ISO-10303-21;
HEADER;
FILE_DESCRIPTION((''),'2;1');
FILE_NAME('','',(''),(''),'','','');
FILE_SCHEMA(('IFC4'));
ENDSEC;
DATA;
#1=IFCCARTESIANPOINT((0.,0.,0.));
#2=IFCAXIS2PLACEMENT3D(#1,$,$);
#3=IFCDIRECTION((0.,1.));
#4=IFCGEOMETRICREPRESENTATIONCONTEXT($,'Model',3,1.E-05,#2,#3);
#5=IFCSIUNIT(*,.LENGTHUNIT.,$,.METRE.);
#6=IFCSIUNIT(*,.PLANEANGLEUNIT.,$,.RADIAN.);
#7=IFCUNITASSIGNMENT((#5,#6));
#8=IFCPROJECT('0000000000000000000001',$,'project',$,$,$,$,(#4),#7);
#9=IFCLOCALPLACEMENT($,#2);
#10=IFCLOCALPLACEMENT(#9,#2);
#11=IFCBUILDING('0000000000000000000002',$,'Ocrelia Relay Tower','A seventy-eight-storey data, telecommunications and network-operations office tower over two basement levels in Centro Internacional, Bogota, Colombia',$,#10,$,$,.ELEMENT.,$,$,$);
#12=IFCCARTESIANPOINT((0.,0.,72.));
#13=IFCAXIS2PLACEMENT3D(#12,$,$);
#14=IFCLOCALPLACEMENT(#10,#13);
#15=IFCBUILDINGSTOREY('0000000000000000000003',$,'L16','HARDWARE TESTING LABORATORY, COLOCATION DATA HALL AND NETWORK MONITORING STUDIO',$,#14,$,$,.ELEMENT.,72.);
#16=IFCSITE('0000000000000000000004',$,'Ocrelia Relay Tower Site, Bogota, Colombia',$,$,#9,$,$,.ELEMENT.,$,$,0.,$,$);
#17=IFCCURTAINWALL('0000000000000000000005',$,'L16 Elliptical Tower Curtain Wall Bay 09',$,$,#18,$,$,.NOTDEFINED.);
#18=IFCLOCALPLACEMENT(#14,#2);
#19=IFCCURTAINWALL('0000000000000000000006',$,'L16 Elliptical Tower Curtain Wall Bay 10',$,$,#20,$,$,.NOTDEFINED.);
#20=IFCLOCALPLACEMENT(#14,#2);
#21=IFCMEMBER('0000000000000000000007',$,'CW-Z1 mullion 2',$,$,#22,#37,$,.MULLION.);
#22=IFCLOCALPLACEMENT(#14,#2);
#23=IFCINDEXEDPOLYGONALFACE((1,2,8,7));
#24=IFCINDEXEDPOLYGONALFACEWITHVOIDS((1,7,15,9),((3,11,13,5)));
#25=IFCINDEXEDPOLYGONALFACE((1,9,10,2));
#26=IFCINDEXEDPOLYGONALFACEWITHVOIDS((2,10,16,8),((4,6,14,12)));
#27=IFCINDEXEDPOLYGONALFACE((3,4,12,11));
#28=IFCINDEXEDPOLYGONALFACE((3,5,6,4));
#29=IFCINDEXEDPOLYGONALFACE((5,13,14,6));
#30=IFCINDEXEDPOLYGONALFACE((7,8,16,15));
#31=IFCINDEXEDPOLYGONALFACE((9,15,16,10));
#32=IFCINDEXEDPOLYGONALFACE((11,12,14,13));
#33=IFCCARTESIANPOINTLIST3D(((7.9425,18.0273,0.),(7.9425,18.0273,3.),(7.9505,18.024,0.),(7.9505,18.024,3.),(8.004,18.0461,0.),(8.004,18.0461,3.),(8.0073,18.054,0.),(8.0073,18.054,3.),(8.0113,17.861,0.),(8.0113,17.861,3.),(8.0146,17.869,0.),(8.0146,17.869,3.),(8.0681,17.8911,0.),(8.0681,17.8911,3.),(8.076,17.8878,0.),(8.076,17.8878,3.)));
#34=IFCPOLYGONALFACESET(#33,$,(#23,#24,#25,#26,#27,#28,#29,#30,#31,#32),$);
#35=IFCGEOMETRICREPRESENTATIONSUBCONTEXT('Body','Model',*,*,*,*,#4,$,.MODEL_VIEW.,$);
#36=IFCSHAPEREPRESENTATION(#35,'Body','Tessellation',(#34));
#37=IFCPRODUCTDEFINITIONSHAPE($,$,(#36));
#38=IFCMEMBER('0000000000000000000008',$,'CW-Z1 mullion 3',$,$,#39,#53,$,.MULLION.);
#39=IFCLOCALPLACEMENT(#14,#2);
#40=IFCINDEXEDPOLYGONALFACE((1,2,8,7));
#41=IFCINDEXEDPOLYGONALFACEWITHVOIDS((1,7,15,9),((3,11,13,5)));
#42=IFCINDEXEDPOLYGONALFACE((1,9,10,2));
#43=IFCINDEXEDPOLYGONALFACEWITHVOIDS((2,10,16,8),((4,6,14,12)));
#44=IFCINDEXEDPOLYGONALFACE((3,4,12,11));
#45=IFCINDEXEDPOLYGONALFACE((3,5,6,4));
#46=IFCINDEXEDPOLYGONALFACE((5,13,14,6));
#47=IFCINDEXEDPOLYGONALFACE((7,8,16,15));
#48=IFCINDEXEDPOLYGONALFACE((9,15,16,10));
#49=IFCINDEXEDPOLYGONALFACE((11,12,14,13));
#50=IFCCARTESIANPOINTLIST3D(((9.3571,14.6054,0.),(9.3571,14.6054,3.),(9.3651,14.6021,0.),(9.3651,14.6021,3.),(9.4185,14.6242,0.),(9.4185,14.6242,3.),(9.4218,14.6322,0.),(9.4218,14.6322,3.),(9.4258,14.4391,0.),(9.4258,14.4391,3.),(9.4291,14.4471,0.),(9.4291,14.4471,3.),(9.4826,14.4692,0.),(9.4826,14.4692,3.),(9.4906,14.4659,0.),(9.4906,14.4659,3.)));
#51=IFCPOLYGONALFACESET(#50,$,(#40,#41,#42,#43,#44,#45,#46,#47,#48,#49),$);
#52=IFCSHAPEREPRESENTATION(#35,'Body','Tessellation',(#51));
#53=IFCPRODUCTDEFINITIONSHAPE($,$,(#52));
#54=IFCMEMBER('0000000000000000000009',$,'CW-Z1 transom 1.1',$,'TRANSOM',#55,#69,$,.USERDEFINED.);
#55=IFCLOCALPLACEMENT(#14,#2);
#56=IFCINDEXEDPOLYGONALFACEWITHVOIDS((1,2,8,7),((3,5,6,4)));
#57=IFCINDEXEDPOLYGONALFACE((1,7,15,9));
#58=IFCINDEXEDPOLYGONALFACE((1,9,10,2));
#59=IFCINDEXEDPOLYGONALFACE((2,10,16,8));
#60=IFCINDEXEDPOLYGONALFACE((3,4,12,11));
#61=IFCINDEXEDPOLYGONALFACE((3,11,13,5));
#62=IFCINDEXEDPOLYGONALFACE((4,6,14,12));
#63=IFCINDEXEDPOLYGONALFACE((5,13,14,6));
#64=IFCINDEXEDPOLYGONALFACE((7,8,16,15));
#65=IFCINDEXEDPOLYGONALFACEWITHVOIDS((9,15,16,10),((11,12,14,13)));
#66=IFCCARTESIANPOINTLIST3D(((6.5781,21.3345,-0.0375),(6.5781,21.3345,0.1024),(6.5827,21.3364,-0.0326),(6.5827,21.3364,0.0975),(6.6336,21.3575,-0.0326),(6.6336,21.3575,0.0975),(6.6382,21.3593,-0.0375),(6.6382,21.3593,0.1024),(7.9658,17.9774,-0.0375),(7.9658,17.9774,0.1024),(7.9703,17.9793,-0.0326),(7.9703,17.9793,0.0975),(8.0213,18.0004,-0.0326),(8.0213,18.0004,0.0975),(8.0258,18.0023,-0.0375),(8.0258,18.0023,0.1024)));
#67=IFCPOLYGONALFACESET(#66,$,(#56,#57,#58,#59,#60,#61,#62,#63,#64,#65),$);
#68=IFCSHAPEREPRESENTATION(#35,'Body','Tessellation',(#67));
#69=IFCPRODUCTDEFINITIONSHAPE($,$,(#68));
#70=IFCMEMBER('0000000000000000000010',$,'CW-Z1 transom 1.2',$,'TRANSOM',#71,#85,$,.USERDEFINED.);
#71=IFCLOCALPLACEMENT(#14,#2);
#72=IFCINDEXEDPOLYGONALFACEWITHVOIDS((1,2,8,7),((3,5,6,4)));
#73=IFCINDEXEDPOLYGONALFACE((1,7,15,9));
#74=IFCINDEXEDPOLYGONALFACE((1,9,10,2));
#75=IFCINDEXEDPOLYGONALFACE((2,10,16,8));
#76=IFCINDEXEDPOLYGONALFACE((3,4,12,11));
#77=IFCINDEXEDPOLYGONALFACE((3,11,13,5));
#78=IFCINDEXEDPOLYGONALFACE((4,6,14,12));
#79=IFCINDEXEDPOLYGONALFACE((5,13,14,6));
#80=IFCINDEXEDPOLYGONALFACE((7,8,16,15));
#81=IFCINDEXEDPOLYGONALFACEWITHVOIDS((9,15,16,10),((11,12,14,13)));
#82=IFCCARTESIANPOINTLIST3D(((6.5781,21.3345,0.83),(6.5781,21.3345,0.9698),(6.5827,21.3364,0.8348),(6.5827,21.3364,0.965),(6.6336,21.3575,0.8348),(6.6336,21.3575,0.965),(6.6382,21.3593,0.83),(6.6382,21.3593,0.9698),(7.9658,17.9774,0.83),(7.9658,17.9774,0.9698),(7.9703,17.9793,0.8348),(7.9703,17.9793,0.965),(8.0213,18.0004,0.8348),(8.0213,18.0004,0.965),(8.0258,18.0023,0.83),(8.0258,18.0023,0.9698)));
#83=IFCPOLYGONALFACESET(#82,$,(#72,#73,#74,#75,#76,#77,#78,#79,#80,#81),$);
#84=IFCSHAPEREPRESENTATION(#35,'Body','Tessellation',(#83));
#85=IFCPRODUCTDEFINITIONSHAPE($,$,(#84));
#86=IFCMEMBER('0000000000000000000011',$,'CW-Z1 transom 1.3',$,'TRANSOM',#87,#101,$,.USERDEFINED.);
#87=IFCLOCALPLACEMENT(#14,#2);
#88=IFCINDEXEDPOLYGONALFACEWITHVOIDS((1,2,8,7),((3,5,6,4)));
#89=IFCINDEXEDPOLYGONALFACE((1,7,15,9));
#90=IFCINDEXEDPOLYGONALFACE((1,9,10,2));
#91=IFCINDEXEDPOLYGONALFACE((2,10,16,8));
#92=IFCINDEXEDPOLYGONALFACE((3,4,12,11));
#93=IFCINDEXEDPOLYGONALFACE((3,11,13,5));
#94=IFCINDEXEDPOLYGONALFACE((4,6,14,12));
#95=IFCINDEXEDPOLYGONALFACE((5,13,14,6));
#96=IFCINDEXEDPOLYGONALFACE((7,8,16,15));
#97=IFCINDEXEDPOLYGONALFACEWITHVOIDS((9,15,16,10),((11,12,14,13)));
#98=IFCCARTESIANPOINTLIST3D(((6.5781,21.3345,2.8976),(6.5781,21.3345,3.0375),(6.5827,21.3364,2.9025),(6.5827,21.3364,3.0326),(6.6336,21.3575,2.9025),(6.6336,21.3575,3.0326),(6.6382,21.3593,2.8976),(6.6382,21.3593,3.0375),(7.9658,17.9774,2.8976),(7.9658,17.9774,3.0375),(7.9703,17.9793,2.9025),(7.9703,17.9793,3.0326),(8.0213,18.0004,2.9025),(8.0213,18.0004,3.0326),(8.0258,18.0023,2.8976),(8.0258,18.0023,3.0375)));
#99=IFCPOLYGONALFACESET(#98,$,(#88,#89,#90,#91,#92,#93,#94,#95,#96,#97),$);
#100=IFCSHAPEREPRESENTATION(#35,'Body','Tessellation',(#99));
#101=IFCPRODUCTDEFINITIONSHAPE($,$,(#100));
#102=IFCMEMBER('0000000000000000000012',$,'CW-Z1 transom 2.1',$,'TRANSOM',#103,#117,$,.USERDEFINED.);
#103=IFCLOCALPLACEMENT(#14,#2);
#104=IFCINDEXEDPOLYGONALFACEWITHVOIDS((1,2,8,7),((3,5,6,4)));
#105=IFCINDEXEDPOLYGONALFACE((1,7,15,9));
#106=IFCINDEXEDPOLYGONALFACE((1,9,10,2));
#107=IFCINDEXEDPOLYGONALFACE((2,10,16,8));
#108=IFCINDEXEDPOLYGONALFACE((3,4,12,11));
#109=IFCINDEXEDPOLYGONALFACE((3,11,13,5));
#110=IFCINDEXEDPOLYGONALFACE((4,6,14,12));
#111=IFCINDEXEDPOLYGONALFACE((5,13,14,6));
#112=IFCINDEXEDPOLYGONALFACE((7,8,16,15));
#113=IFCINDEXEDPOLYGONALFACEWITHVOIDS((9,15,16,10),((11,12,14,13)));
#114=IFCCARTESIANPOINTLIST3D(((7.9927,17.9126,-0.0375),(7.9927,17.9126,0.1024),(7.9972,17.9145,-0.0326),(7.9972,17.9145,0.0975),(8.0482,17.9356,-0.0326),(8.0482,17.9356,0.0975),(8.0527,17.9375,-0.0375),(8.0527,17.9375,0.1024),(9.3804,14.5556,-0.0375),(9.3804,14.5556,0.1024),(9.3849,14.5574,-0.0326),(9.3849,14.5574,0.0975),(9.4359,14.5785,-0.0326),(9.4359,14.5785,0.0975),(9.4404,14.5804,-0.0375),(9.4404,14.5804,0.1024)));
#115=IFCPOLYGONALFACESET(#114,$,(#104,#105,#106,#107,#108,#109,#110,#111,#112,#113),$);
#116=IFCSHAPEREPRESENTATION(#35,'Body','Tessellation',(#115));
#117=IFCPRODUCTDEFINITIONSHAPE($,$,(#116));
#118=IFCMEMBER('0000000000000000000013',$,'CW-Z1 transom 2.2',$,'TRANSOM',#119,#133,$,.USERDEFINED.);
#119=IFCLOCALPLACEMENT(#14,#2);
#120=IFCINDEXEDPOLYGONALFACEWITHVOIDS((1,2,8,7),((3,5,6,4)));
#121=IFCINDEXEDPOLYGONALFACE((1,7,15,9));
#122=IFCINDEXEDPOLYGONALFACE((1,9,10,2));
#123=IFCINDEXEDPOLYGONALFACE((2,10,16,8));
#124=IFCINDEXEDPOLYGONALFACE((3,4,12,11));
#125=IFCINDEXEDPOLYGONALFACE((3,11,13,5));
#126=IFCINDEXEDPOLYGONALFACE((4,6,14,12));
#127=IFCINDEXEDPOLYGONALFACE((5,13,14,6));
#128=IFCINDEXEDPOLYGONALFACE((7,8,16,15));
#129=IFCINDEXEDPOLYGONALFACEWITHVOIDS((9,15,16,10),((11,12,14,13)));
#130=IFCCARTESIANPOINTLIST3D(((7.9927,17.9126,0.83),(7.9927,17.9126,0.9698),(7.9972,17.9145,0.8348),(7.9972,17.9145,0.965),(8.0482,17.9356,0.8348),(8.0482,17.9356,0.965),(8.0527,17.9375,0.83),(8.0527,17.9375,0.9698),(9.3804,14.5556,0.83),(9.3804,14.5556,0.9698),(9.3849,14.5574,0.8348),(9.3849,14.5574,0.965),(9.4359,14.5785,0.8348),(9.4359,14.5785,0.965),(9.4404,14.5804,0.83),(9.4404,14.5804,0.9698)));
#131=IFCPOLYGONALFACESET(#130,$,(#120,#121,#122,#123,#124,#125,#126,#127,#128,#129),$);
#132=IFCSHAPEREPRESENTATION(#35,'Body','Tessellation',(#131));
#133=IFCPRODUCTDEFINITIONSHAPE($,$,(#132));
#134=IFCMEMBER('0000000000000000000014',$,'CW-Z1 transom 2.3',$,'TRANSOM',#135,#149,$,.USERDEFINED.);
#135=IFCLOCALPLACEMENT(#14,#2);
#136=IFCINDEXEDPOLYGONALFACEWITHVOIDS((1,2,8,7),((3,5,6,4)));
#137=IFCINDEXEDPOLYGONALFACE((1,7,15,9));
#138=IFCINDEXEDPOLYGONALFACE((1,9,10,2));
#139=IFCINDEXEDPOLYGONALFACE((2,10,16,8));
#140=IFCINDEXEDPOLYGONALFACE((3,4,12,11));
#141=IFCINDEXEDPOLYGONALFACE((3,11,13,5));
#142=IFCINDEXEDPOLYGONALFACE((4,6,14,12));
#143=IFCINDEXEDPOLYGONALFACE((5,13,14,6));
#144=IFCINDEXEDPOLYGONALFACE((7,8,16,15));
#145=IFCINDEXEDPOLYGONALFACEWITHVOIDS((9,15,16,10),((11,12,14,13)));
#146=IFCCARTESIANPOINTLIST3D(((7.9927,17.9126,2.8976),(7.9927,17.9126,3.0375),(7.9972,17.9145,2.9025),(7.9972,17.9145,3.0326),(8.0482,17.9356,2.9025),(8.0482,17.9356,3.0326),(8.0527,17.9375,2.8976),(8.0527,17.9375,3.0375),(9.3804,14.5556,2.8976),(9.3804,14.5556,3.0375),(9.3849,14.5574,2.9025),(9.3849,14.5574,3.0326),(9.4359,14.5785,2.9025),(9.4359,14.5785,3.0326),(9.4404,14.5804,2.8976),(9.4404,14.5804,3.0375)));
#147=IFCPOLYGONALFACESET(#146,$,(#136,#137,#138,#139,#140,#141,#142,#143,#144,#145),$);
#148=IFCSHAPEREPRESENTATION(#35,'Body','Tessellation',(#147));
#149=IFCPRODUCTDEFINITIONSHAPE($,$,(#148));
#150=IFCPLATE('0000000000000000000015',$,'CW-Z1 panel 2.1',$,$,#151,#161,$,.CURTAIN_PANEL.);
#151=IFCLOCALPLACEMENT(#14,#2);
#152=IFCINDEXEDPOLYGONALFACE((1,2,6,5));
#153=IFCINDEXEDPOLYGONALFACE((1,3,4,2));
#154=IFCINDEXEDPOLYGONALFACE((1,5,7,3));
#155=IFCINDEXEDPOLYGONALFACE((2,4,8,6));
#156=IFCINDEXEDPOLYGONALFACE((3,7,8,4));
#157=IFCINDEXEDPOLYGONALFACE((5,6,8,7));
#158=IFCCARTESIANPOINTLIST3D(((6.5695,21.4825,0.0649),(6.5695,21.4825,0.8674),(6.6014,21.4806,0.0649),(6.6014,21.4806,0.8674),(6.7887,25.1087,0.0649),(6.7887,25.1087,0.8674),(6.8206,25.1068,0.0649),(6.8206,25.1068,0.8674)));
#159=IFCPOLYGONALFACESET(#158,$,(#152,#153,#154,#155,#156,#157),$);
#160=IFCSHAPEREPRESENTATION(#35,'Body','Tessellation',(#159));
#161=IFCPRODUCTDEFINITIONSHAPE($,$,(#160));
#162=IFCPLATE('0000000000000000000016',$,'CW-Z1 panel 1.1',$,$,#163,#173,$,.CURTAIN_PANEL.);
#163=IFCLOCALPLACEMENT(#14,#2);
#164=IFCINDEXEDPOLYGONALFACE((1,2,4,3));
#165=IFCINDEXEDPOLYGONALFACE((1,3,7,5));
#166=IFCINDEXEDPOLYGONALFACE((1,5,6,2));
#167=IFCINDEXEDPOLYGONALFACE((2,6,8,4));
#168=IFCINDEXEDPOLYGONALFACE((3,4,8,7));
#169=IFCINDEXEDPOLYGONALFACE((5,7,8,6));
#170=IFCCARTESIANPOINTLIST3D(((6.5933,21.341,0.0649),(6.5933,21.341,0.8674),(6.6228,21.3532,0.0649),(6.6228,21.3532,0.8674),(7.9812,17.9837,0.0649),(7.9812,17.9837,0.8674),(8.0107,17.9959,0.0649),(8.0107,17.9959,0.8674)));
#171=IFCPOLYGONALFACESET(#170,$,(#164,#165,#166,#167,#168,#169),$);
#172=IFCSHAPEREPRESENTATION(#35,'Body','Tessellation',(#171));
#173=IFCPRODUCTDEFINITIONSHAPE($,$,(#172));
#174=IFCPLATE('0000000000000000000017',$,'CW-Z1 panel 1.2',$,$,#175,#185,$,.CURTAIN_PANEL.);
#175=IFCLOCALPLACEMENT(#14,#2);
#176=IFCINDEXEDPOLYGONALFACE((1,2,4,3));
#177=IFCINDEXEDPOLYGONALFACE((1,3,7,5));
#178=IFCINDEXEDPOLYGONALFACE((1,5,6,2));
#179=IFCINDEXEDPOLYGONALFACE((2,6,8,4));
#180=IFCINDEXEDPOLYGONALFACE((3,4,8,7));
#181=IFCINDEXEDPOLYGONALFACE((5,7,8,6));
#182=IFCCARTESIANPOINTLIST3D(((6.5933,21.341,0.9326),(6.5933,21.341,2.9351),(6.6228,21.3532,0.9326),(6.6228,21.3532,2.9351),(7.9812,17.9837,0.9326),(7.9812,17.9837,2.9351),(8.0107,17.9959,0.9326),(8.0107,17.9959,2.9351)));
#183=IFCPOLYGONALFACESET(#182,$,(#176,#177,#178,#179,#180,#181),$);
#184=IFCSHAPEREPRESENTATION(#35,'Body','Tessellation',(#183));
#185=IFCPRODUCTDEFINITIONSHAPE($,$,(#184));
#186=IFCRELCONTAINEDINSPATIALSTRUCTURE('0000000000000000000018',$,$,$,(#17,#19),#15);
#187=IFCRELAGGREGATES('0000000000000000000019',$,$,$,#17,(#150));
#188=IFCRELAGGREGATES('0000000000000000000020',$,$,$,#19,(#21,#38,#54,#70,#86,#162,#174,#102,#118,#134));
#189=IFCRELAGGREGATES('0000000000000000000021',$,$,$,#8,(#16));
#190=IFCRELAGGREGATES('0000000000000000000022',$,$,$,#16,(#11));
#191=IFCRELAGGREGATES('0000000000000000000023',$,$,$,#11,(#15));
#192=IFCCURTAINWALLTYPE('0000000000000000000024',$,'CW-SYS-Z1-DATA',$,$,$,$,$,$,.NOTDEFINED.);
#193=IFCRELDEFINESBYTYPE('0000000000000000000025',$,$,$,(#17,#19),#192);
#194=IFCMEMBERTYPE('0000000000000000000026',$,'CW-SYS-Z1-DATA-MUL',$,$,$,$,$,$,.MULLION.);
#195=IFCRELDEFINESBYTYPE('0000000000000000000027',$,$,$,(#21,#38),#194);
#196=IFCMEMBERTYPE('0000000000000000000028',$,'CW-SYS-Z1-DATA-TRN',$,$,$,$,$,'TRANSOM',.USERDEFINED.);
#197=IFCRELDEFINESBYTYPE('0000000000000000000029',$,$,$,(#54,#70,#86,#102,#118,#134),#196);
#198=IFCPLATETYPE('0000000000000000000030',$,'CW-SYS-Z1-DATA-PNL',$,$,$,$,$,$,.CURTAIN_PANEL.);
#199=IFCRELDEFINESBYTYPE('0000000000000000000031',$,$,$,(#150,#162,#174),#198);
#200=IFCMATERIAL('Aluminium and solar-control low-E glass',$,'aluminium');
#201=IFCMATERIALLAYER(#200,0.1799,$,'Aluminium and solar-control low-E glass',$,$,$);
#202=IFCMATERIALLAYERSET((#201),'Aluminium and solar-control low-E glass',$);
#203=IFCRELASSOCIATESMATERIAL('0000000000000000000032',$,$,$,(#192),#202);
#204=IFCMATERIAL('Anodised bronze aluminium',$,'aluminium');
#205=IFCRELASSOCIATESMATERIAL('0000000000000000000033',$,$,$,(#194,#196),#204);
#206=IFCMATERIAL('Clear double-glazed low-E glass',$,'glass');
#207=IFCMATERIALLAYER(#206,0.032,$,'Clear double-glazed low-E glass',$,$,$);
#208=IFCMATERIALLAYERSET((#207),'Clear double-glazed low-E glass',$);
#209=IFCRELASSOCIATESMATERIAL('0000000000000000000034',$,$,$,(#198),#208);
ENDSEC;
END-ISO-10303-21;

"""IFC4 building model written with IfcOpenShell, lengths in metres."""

from ifc_helpers import new_model, si_unit, direction, frame, origin, origin_2d, place, context, subcontext, project, spatial, rectangle, hollow_rectangle, extrude, material, layer, layer_set, material_profile, profile_set, type_object, element, aggregate, save


model = new_model("IFC4")

# Units and contexts
model_context = context("Model", 3, precision=1e-05, world=origin(), true_north=direction((0.0, 1.0)))
body_context = subcontext(model_context, "Body", "Model", "MODEL_VIEW")
ifc_project = project(units=[si_unit("LENGTHUNIT", "METRE"), si_unit("PLANEANGLEUNIT", "RADIAN")], contexts=[model_context])

# Site, building, storey
site_placement = place(None, origin())
site = spatial("IfcSite", under=ifc_project, at=site_placement, Name="Ocrelia Relay Tower Site, Bogota, Colombia", CompositionType="ELEMENT", RefElevation=0.0)
building_placement = place(site_placement, origin())
building = spatial("IfcBuilding", under=site, at=building_placement, Name="Ocrelia Relay Tower", Description="A seventy-eight-storey data, telecommunications and network-operations office tower over two basement levels in Centro Internacional, Bogota, Colombia", CompositionType="ELEMENT")
storey_placement = place(building_placement, frame((0.0, 0.0, 72.0)))
storey = spatial("IfcBuildingStorey", under=building, at=storey_placement, Name="L16", Description="HARDWARE TESTING LABORATORY, COLOCATION DATA HALL AND NETWORK MONITORING STUDIO", CompositionType="ELEMENT", Elevation=72.0)

# Curtain wall
ifc_material_1 = material(Name="Aluminium and solar-control low-E glass", Category="aluminium")
ifc_layer_1 = layer(ifc_material_1, 0.1799, Name="Aluminium and solar-control low-E glass")
ifc_layer_set_1 = layer_set([ifc_layer_1], Name="Aluminium and solar-control low-E glass")
curtain_wall_type = type_object("IfcCurtainWallType", Name="CW-SYS-Z1-DATA", PredefinedType="NOTDEFINED", material=ifc_layer_set_1)
curtain_wall_1_placement = place(storey_placement, origin())
curtain_wall_1 = element("IfcCurtainWall", 1, at=curtain_wall_1_placement, inside=storey, type_object=curtain_wall_type, Name="L16 Elliptical Tower Curtain Wall Bay 09", PredefinedType="NOTDEFINED")
ifc_material_2 = material(Name="Anodised bronze aluminium", Category="aluminium")
ifc_material_profile_1 = material_profile(ifc_material_2, hollow_rectangle(XDim=0.0701, YDim=0.1799, WallThickness=0.0061, at=origin_2d()), Name="CW-MUL-180x70")
ifc_profile_set_1 = profile_set([ifc_material_profile_1], Name="Anodised bronze aluminium")
member_type_1 = type_object("IfcMemberType", Name="CW-SYS-Z1-DATA-MUL", PredefinedType="MULLION", material=ifc_profile_set_1)

# Curtain wall, members
curtain_wall_2_placement = place(storey_placement, origin())
curtain_wall_2 = element("IfcCurtainWall", 2, at=curtain_wall_2_placement, inside=storey, type_object=curtain_wall_type, Name="L16 Elliptical Tower Curtain Wall Bay 10", PredefinedType="NOTDEFINED")
member_1_placement = place(storey_placement, frame((8.0093, 17.9575, 0.0), z_axis=(0.0, 0.0, 1.0), x_axis=(0.924147, 0.382038, 0.0)))
member_1 = element("IfcMember", 3, at=member_1_placement, type_object=member_type_1, Name="CW-Z1 mullion 2", PredefinedType="MULLION", context=body_context, shape_type="SweptSolid", body=[
    extrude(hollow_rectangle(XDim=0.0701, YDim=0.1799, WallThickness=0.0061, at=origin_2d()), origin(), (0.0, 0.0, 1.0), 3.0),
])
member_2_placement = place(storey_placement, frame((9.4238, 14.5356, 0.0), z_axis=(0.0, 0.0, 1.0), x_axis=(0.924147, 0.382038, 0.0)))
member_2 = element("IfcMember", 4, at=member_2_placement, type_object=member_type_1, Name="CW-Z1 mullion 3", PredefinedType="MULLION", context=body_context, shape_type="SweptSolid", body=[
    extrude(hollow_rectangle(XDim=0.0701, YDim=0.1799, WallThickness=0.0061, at=origin_2d()), origin(), (0.0, 0.0, 1.0), 3.0),
])
ifc_material_profile_2 = material_profile(ifc_material_2, hollow_rectangle(XDim=0.0649, YDim=0.1399, WallThickness=0.0049, at=origin_2d()), Name="CW-TRN-140x65")
ifc_profile_set_2 = profile_set([ifc_material_profile_2], Name="Anodised bronze aluminium")
member_type_2 = type_object("IfcMemberType", Name="CW-SYS-Z1-DATA-TRN", ElementType="TRANSOM", PredefinedType="USERDEFINED", material=ifc_profile_set_2)
member_3_placement = place(storey_placement, frame((6.6082, 21.3469, 0.0325), z_axis=(0.382004, -0.924161, 0.0), x_axis=(0.924161, 0.382004, 0.0)))
member_3 = element("IfcMember", 5, at=member_3_placement, type_object=member_type_2, Name="CW-Z1 transom 1.1", ObjectType="TRANSOM", PredefinedType="USERDEFINED", context=body_context, shape_type="SweptSolid", body=[
    extrude(hollow_rectangle(XDim=0.0649, YDim=0.1399, WallThickness=0.0049, at=origin_2d()), origin(), (0.0, 0.0, 1.0), 3.6326),
])
member_4_placement = place(storey_placement, frame((6.6082, 21.3469, 0.8999), z_axis=(0.382004, -0.924161, 0.0), x_axis=(0.924161, 0.382004, 0.0)))
member_4 = element("IfcMember", 6, at=member_4_placement, type_object=member_type_2, Name="CW-Z1 transom 1.2", ObjectType="TRANSOM", PredefinedType="USERDEFINED", context=body_context, shape_type="SweptSolid", body=[
    extrude(hollow_rectangle(XDim=0.0649, YDim=0.1399, WallThickness=0.0049, at=origin_2d()), origin(), (0.0, 0.0, 1.0), 3.6326),
])
member_5_placement = place(storey_placement, frame((6.6082, 21.3469, 2.9675), z_axis=(0.382004, -0.924161, 0.0), x_axis=(0.924161, 0.382004, 0.0)))
member_5 = element("IfcMember", 7, at=member_5_placement, type_object=member_type_2, Name="CW-Z1 transom 1.3", ObjectType="TRANSOM", PredefinedType="USERDEFINED", context=body_context, shape_type="SweptSolid", body=[
    extrude(hollow_rectangle(XDim=0.0649, YDim=0.1399, WallThickness=0.0049, at=origin_2d()), origin(), (0.0, 0.0, 1.0), 3.6326),
])
member_6_placement = place(storey_placement, frame((8.0227, 17.925, 0.0325), z_axis=(0.382004, -0.924161, 0.0), x_axis=(0.924161, 0.382004, 0.0)))
member_6 = element("IfcMember", 8, at=member_6_placement, type_object=member_type_2, Name="CW-Z1 transom 2.1", ObjectType="TRANSOM", PredefinedType="USERDEFINED", context=body_context, shape_type="SweptSolid", body=[
    extrude(hollow_rectangle(XDim=0.0649, YDim=0.1399, WallThickness=0.0049, at=origin_2d()), origin(), (0.0, 0.0, 1.0), 3.6326),
])
member_7_placement = place(storey_placement, frame((8.0227, 17.925, 0.8999), z_axis=(0.382004, -0.924161, 0.0), x_axis=(0.924161, 0.382004, 0.0)))
member_7 = element("IfcMember", 9, at=member_7_placement, type_object=member_type_2, Name="CW-Z1 transom 2.2", ObjectType="TRANSOM", PredefinedType="USERDEFINED", context=body_context, shape_type="SweptSolid", body=[
    extrude(hollow_rectangle(XDim=0.0649, YDim=0.1399, WallThickness=0.0049, at=origin_2d()), origin(), (0.0, 0.0, 1.0), 3.6326),
])
member_8_placement = place(storey_placement, frame((8.0227, 17.925, 2.9675), z_axis=(0.382004, -0.924161, 0.0), x_axis=(0.924161, 0.382004, 0.0)))
member_8 = element("IfcMember", 10, at=member_8_placement, type_object=member_type_2, Name="CW-Z1 transom 2.3", ObjectType="TRANSOM", PredefinedType="USERDEFINED", context=body_context, shape_type="SweptSolid", body=[
    extrude(hollow_rectangle(XDim=0.0649, YDim=0.1399, WallThickness=0.0049, at=origin_2d()), origin(), (0.0, 0.0, 1.0), 3.6326),
])

# Plates
ifc_material_3 = material(Name="Clear double-glazed low-E glass", Category="glass")
ifc_layer_2 = layer(ifc_material_3, 0.032, Name="Clear double-glazed low-E glass")
ifc_layer_set_2 = layer_set([ifc_layer_2], Name="Clear double-glazed low-E glass")
plate_type = type_object("IfcPlateType", Name="CW-SYS-Z1-DATA-PNL", PredefinedType="CURTAIN_PANEL", material=ifc_layer_set_2)
plate_1_placement = place(storey_placement, frame((6.6951, 23.2947, 0.0649), z_axis=(0.0, 0.0, 1.0), x_axis=(-0.060344, -0.998178, 0.0)))
plate_1 = element("IfcPlate", 11, at=plate_1_placement, type_object=plate_type, Name="CW-Z1 panel 2.1", PredefinedType="CURTAIN_PANEL", context=body_context, shape_type="SweptSolid", body=[
    extrude(rectangle(XDim=3.6328, YDim=0.032, at=origin_2d()), origin(), (0.0, 0.0, 1.0), 0.8025),
])
aggregate(curtain_wall_1, [plate_1])
plate_2_placement = place(storey_placement, frame((7.302, 19.6685, 0.0649), z_axis=(0.0, 0.0, 1.0), x_axis=(0.382038, -0.924147, 0.0)))
plate_2 = element("IfcPlate", 12, at=plate_2_placement, type_object=plate_type, Name="CW-Z1 panel 1.1", PredefinedType="CURTAIN_PANEL", context=body_context, shape_type="SweptSolid", body=[
    extrude(rectangle(XDim=3.6328, YDim=0.032, at=origin_2d()), origin(), (0.0, 0.0, 1.0), 0.8025),
])
plate_3_placement = place(storey_placement, frame((7.302, 19.6685, 0.9326), z_axis=(0.0, 0.0, 1.0), x_axis=(0.382038, -0.924147, 0.0)))
plate_3 = element("IfcPlate", 13, at=plate_3_placement, type_object=plate_type, Name="CW-Z1 panel 1.2", PredefinedType="CURTAIN_PANEL", context=body_context, shape_type="SweptSolid", body=[
    extrude(rectangle(XDim=3.6328, YDim=0.032, at=origin_2d()), origin(), (0.0, 0.0, 1.0), 2.0024),
])
aggregate(curtain_wall_2, [member_1, member_2, member_3, member_4, member_5, plate_2, plate_3, member_6, member_7, member_8])

save(model, "model.ifc")
